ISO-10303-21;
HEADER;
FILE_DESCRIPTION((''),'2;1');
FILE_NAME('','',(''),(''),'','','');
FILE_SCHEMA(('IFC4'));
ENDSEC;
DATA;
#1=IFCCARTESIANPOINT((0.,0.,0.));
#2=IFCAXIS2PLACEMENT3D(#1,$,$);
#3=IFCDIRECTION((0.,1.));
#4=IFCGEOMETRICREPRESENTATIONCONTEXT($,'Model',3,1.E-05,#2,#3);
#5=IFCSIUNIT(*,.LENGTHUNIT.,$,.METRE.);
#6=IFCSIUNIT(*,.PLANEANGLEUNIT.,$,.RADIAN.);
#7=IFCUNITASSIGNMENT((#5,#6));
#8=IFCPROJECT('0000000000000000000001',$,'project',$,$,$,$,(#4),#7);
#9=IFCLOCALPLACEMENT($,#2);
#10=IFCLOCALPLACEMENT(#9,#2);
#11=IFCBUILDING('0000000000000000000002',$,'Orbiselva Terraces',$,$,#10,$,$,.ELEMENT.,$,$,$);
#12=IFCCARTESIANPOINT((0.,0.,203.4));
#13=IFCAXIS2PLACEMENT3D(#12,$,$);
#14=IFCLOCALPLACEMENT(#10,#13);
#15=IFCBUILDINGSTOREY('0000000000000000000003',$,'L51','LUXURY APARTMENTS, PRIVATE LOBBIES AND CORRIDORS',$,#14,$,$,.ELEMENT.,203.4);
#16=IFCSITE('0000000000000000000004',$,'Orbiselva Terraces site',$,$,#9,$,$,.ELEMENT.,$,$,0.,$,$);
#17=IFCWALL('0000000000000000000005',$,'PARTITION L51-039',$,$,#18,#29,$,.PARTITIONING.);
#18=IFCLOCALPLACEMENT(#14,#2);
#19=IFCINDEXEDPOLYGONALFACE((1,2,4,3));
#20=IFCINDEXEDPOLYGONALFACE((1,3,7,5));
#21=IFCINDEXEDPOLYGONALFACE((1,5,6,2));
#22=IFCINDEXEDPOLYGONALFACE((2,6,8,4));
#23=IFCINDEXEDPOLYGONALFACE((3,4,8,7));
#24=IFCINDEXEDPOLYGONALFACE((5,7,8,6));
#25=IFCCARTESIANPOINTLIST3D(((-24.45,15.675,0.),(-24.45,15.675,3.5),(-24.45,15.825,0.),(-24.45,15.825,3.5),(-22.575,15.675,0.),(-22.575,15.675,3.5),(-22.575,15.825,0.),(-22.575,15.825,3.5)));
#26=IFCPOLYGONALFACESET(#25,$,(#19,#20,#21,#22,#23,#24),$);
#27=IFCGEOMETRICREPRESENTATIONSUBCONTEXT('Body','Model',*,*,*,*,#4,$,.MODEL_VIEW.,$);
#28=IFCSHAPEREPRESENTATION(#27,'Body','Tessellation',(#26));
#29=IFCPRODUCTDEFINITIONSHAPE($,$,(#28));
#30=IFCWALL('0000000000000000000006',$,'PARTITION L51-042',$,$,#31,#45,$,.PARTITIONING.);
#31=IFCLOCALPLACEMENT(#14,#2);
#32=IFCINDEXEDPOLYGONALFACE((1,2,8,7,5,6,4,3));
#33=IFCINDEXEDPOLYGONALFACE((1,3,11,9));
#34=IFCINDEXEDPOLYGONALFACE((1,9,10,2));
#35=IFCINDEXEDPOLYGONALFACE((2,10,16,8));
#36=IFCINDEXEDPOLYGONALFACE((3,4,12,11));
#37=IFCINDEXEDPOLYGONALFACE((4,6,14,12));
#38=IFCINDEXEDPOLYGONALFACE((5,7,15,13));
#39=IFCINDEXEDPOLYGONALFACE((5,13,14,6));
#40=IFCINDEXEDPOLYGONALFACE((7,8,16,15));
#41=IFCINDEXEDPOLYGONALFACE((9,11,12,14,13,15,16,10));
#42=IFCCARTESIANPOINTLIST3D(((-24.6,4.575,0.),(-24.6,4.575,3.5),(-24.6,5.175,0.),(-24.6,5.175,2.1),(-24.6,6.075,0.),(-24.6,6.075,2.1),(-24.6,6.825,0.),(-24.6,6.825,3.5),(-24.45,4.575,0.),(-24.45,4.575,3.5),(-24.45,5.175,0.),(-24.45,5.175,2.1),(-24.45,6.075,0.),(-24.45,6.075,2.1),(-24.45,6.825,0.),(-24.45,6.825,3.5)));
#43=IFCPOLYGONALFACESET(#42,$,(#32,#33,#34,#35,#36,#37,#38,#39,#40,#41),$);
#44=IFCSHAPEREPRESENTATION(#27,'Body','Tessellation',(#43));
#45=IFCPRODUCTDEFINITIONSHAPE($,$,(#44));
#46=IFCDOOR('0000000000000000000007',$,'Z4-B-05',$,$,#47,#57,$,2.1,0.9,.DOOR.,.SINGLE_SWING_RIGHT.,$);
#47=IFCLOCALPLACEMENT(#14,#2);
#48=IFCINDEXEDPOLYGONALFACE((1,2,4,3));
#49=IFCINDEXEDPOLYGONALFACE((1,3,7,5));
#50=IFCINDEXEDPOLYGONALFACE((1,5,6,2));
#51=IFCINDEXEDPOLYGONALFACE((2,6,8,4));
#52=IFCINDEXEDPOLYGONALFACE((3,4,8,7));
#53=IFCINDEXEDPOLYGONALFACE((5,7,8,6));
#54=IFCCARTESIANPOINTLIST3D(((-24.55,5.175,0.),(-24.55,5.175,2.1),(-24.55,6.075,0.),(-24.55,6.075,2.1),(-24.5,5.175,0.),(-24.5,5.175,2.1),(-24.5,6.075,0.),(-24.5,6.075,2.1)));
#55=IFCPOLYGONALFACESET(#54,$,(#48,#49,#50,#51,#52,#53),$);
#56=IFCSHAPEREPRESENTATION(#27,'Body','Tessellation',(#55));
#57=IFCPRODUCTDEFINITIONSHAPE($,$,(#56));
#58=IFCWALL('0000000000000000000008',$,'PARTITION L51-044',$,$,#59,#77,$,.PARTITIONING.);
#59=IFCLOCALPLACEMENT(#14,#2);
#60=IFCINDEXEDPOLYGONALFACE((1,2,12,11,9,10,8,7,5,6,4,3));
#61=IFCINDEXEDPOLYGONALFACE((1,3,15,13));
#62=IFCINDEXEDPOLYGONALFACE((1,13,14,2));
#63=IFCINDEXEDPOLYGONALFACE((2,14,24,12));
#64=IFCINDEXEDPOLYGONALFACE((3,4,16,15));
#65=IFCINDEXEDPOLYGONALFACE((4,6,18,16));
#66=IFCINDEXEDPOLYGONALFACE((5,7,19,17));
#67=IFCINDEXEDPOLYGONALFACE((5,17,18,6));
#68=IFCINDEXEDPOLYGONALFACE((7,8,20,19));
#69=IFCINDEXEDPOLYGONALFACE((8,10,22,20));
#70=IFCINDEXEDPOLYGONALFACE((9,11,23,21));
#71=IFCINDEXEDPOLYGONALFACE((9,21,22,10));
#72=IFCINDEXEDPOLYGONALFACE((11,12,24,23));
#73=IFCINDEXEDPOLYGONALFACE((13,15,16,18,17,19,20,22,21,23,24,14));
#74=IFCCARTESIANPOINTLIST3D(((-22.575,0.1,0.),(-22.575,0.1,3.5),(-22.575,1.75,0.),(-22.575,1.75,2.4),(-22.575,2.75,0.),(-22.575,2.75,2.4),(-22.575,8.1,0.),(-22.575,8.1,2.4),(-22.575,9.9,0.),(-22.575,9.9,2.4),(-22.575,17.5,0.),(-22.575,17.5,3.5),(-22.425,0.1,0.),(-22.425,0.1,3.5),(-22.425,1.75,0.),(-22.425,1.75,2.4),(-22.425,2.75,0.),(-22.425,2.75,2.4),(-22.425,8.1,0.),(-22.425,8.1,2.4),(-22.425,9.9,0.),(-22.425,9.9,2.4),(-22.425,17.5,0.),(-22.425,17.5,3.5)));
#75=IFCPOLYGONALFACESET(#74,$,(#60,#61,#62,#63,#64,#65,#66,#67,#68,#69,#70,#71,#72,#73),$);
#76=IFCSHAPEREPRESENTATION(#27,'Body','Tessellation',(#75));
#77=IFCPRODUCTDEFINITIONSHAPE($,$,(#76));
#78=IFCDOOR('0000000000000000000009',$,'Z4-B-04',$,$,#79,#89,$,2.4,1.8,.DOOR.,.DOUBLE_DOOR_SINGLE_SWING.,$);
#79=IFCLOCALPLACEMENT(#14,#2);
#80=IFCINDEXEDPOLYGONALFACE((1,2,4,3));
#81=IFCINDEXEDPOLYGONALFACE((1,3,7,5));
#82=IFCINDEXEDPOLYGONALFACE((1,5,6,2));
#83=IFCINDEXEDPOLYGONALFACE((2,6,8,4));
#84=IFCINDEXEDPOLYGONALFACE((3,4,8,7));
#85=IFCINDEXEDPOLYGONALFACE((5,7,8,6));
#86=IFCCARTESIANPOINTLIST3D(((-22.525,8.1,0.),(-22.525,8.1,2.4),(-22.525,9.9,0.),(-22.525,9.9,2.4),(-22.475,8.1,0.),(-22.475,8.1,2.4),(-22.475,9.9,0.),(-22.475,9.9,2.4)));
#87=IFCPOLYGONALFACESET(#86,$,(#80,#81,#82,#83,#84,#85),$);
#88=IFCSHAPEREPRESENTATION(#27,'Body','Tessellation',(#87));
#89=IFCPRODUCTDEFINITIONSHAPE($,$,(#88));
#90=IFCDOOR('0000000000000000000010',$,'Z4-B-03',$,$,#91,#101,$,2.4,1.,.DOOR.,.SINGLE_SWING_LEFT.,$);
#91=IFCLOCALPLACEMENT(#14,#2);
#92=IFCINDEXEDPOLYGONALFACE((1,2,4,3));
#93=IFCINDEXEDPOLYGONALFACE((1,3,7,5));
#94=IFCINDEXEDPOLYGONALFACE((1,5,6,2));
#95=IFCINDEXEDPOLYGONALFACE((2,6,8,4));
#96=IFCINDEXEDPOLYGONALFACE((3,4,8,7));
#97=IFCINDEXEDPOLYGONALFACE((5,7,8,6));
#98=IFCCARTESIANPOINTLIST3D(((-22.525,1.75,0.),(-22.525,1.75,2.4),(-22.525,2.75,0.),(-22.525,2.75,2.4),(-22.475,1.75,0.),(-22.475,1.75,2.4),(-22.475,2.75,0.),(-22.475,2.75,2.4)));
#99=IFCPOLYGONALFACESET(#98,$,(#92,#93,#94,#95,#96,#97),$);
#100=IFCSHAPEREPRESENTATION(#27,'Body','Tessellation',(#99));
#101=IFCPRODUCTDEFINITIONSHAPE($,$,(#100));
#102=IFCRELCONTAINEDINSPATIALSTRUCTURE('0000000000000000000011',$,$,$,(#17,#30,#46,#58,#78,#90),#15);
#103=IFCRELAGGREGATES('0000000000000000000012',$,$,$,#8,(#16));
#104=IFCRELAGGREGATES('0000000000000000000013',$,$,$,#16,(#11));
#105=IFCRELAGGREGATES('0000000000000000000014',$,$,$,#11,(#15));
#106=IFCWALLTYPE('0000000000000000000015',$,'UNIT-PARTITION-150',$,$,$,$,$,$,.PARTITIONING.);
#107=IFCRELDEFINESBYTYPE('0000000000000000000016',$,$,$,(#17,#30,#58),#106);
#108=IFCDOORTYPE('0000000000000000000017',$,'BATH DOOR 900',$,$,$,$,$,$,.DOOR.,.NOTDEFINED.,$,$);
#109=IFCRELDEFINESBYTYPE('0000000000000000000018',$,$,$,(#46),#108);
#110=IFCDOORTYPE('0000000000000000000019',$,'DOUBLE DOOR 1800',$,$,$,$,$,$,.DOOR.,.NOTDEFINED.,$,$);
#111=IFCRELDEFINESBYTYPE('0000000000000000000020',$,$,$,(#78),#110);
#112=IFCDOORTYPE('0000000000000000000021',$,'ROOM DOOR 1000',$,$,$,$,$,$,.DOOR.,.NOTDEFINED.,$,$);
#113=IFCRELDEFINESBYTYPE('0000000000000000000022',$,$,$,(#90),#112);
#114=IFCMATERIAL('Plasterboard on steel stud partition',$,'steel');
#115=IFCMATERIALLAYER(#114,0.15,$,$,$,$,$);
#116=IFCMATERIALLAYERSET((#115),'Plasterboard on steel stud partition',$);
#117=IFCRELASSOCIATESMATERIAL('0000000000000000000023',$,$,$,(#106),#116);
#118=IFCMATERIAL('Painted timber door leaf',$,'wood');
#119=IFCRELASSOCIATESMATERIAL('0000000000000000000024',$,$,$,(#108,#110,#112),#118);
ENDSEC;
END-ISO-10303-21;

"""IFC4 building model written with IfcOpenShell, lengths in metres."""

from ifc_helpers import new_model, si_unit, direction, frame, frame_2d, origin, place, context, subcontext, project, spatial, rectangle, extrude, material, layer, layer_set, type_object, element, fill, save


model = new_model("IFC4")

# Units and contexts
model_context = context("Model", 3, precision=1e-05, world=origin(), true_north=direction((0.0, 1.0)))
body_context = subcontext(model_context, "Body", "Model", "MODEL_VIEW")
ifc_project = project(units=[si_unit("LENGTHUNIT", "METRE"), si_unit("PLANEANGLEUNIT", "RADIAN")], contexts=[model_context])

# Site, building, storey
site_placement = place(None, origin())
site = spatial("IfcSite", under=ifc_project, at=site_placement, Name="Orbiselva Terraces site", CompositionType="ELEMENT", RefElevation=0.0)
building_placement = place(site_placement, origin())
building = spatial("IfcBuilding", under=site, at=building_placement, Name="Orbiselva Terraces", CompositionType="ELEMENT")
storey_placement = place(building_placement, frame((0.0, 0.0, 203.4)))
storey = spatial("IfcBuildingStorey", under=building, at=storey_placement, Name="L51", Description="LUXURY APARTMENTS, PRIVATE LOBBIES AND CORRIDORS", CompositionType="ELEMENT", Elevation=203.4)

# Shared definitions
ifc_material_1 = material(Name="Plasterboard on steel stud partition", Category="steel")
ifc_material_2 = material(Name="Painted timber door leaf", Category="wood")

# Wall
ifc_layer_1 = layer(ifc_material_1, 0.15)
ifc_layer_set_1 = layer_set([ifc_layer_1], Name="Plasterboard on steel stud partition")
wall_type_1 = type_object("IfcWallType", Name="UNIT-PARTITION-150", PredefinedType="PARTITIONING", material=ifc_layer_set_1)
wall_1_placement = place(storey_placement, frame((-24.45, 15.75, 0.0), z_axis=(0.0, 0.0, 1.0), x_axis=(1.0, 0.0, 0.0)))
element("IfcWall", 1, at=wall_1_placement, inside=storey, type_object=wall_type_1, Name="PARTITION L51-039", PredefinedType="PARTITIONING", context=body_context, shape_type="SweptSolid", body=[
    extrude(rectangle(XDim=1.875, YDim=0.15, at=frame_2d((0.9375, 0.0))), origin(), (0.0, 0.0, 1.0), 3.5),
])

# Wall, opening, door
wall_2_placement = place(storey_placement, frame((-24.525, 6.825, 0.0), z_axis=(0.0, 0.0, 1.0), x_axis=(0.0, -1.0, 0.0)))
wall_2 = element("IfcWall", 2, at=wall_2_placement, inside=storey, type_object=wall_type_1, Name="PARTITION L51-042", PredefinedType="PARTITIONING", context=body_context, shape_type="SweptSolid", body=[
    extrude(rectangle(XDim=2.25, YDim=0.15, at=frame_2d((1.125, 0.0))), origin(), (0.0, 0.0, 1.0), 3.5),
])
opening_1_placement = place(wall_2_placement, frame((0.75, 0.0, 0.0)))
opening_1 = element("IfcOpeningElement", 3, at=opening_1_placement, cuts=wall_2, PredefinedType="OPENING", context=body_context, shape_type="SweptSolid", body=[
    extrude(rectangle(XDim=0.9, YDim=2.1, at=frame_2d((0.45, 1.05))), frame((0.0, 0.085, 0.0), z_axis=(0.0, -1.0, 0.0), x_axis=(1.0, 0.0, 0.0)), (0.0, 0.0, 1.0), 0.17),
])
door_type_1 = type_object("IfcDoorType", Name="BATH DOOR 900", OperationType="NOTDEFINED", PredefinedType="DOOR", material=ifc_material_2)
door_1_placement = place(opening_1_placement, origin())
door_1 = element("IfcDoor", 4, at=door_1_placement, inside=storey, type_object=door_type_1, Name="Z4-B-05", OperationType="SINGLE_SWING_RIGHT", OverallHeight=2.1, OverallWidth=0.9, PredefinedType="DOOR", context=body_context, shape_type="SweptSolid", body=[
    extrude(rectangle(XDim=0.9, YDim=2.1, at=frame_2d((0.45, 1.05))), frame((0.0, 0.025, 0.0), z_axis=(0.0, -1.0, 0.0), x_axis=(1.0, 0.0, 0.0)), (0.0, 0.0, 1.0), 0.05),
])
fill(opening_1, door_1)

# Wall, openings, doors
wall_3_placement = place(storey_placement, frame((-22.5, 0.1, 0.0), z_axis=(0.0, 0.0, 1.0), x_axis=(0.0, 1.0, 0.0)))
wall_3 = element("IfcWall", 5, at=wall_3_placement, inside=storey, type_object=wall_type_1, Name="PARTITION L51-044", PredefinedType="PARTITIONING", context=body_context, shape_type="SweptSolid", body=[
    extrude(rectangle(XDim=17.4, YDim=0.15, at=frame_2d((8.7, 0.0))), origin(), (0.0, 0.0, 1.0), 3.5),
])
opening_2_placement = place(wall_3_placement, frame((1.65, 0.0, 0.0)))
opening_2 = element("IfcOpeningElement", 6, at=opening_2_placement, cuts=wall_3, PredefinedType="OPENING", context=body_context, shape_type="SweptSolid", body=[
    extrude(rectangle(XDim=1.0, YDim=2.4, at=frame_2d((0.5, 1.2))), frame((0.0, 0.085, 0.0), z_axis=(0.0, -1.0, 0.0), x_axis=(1.0, 0.0, 0.0)), (0.0, 0.0, 1.0), 0.17),
])
opening_3_placement = place(wall_3_placement, frame((8.0, 0.0, 0.0)))
opening_3 = element("IfcOpeningElement", 7, at=opening_3_placement, cuts=wall_3, PredefinedType="OPENING", context=body_context, shape_type="SweptSolid", body=[
    extrude(rectangle(XDim=1.8, YDim=2.4, at=frame_2d((0.9, 1.2))), frame((0.0, 0.085, 0.0), z_axis=(0.0, -1.0, 0.0), x_axis=(1.0, 0.0, 0.0)), (0.0, 0.0, 1.0), 0.17),
])
door_type_2 = type_object("IfcDoorType", Name="DOUBLE DOOR 1800", OperationType="NOTDEFINED", PredefinedType="DOOR", material=ifc_material_2)
door_2_placement = place(opening_3_placement, origin())
door_2 = element("IfcDoor", 8, at=door_2_placement, inside=storey, type_object=door_type_2, Name="Z4-B-04", OperationType="DOUBLE_DOOR_SINGLE_SWING", OverallHeight=2.4, OverallWidth=1.8, PredefinedType="DOOR", context=body_context, shape_type="SweptSolid", body=[
    extrude(rectangle(XDim=1.8, YDim=2.4, at=frame_2d((0.9, 1.2))), frame((0.0, 0.025, 0.0), z_axis=(0.0, -1.0, 0.0), x_axis=(1.0, 0.0, 0.0)), (0.0, 0.0, 1.0), 0.05),
])
fill(opening_3, door_2)
door_type_3 = type_object("IfcDoorType", Name="ROOM DOOR 1000", OperationType="NOTDEFINED", PredefinedType="DOOR", material=ifc_material_2)
door_3_placement = place(opening_2_placement, origin())
door_3 = element("IfcDoor", 9, at=door_3_placement, inside=storey, type_object=door_type_3, Name="Z4-B-03", OperationType="SINGLE_SWING_LEFT", OverallHeight=2.4, OverallWidth=1.0, PredefinedType="DOOR", context=body_context, shape_type="SweptSolid", body=[
    extrude(rectangle(XDim=1.0, YDim=2.4, at=frame_2d((0.5, 1.2))), frame((0.0, 0.025, 0.0), z_axis=(0.0, -1.0, 0.0), x_axis=(1.0, 0.0, 0.0)), (0.0, 0.0, 1.0), 0.05),
])
fill(opening_2, door_3)

save(model, "model.ifc")
